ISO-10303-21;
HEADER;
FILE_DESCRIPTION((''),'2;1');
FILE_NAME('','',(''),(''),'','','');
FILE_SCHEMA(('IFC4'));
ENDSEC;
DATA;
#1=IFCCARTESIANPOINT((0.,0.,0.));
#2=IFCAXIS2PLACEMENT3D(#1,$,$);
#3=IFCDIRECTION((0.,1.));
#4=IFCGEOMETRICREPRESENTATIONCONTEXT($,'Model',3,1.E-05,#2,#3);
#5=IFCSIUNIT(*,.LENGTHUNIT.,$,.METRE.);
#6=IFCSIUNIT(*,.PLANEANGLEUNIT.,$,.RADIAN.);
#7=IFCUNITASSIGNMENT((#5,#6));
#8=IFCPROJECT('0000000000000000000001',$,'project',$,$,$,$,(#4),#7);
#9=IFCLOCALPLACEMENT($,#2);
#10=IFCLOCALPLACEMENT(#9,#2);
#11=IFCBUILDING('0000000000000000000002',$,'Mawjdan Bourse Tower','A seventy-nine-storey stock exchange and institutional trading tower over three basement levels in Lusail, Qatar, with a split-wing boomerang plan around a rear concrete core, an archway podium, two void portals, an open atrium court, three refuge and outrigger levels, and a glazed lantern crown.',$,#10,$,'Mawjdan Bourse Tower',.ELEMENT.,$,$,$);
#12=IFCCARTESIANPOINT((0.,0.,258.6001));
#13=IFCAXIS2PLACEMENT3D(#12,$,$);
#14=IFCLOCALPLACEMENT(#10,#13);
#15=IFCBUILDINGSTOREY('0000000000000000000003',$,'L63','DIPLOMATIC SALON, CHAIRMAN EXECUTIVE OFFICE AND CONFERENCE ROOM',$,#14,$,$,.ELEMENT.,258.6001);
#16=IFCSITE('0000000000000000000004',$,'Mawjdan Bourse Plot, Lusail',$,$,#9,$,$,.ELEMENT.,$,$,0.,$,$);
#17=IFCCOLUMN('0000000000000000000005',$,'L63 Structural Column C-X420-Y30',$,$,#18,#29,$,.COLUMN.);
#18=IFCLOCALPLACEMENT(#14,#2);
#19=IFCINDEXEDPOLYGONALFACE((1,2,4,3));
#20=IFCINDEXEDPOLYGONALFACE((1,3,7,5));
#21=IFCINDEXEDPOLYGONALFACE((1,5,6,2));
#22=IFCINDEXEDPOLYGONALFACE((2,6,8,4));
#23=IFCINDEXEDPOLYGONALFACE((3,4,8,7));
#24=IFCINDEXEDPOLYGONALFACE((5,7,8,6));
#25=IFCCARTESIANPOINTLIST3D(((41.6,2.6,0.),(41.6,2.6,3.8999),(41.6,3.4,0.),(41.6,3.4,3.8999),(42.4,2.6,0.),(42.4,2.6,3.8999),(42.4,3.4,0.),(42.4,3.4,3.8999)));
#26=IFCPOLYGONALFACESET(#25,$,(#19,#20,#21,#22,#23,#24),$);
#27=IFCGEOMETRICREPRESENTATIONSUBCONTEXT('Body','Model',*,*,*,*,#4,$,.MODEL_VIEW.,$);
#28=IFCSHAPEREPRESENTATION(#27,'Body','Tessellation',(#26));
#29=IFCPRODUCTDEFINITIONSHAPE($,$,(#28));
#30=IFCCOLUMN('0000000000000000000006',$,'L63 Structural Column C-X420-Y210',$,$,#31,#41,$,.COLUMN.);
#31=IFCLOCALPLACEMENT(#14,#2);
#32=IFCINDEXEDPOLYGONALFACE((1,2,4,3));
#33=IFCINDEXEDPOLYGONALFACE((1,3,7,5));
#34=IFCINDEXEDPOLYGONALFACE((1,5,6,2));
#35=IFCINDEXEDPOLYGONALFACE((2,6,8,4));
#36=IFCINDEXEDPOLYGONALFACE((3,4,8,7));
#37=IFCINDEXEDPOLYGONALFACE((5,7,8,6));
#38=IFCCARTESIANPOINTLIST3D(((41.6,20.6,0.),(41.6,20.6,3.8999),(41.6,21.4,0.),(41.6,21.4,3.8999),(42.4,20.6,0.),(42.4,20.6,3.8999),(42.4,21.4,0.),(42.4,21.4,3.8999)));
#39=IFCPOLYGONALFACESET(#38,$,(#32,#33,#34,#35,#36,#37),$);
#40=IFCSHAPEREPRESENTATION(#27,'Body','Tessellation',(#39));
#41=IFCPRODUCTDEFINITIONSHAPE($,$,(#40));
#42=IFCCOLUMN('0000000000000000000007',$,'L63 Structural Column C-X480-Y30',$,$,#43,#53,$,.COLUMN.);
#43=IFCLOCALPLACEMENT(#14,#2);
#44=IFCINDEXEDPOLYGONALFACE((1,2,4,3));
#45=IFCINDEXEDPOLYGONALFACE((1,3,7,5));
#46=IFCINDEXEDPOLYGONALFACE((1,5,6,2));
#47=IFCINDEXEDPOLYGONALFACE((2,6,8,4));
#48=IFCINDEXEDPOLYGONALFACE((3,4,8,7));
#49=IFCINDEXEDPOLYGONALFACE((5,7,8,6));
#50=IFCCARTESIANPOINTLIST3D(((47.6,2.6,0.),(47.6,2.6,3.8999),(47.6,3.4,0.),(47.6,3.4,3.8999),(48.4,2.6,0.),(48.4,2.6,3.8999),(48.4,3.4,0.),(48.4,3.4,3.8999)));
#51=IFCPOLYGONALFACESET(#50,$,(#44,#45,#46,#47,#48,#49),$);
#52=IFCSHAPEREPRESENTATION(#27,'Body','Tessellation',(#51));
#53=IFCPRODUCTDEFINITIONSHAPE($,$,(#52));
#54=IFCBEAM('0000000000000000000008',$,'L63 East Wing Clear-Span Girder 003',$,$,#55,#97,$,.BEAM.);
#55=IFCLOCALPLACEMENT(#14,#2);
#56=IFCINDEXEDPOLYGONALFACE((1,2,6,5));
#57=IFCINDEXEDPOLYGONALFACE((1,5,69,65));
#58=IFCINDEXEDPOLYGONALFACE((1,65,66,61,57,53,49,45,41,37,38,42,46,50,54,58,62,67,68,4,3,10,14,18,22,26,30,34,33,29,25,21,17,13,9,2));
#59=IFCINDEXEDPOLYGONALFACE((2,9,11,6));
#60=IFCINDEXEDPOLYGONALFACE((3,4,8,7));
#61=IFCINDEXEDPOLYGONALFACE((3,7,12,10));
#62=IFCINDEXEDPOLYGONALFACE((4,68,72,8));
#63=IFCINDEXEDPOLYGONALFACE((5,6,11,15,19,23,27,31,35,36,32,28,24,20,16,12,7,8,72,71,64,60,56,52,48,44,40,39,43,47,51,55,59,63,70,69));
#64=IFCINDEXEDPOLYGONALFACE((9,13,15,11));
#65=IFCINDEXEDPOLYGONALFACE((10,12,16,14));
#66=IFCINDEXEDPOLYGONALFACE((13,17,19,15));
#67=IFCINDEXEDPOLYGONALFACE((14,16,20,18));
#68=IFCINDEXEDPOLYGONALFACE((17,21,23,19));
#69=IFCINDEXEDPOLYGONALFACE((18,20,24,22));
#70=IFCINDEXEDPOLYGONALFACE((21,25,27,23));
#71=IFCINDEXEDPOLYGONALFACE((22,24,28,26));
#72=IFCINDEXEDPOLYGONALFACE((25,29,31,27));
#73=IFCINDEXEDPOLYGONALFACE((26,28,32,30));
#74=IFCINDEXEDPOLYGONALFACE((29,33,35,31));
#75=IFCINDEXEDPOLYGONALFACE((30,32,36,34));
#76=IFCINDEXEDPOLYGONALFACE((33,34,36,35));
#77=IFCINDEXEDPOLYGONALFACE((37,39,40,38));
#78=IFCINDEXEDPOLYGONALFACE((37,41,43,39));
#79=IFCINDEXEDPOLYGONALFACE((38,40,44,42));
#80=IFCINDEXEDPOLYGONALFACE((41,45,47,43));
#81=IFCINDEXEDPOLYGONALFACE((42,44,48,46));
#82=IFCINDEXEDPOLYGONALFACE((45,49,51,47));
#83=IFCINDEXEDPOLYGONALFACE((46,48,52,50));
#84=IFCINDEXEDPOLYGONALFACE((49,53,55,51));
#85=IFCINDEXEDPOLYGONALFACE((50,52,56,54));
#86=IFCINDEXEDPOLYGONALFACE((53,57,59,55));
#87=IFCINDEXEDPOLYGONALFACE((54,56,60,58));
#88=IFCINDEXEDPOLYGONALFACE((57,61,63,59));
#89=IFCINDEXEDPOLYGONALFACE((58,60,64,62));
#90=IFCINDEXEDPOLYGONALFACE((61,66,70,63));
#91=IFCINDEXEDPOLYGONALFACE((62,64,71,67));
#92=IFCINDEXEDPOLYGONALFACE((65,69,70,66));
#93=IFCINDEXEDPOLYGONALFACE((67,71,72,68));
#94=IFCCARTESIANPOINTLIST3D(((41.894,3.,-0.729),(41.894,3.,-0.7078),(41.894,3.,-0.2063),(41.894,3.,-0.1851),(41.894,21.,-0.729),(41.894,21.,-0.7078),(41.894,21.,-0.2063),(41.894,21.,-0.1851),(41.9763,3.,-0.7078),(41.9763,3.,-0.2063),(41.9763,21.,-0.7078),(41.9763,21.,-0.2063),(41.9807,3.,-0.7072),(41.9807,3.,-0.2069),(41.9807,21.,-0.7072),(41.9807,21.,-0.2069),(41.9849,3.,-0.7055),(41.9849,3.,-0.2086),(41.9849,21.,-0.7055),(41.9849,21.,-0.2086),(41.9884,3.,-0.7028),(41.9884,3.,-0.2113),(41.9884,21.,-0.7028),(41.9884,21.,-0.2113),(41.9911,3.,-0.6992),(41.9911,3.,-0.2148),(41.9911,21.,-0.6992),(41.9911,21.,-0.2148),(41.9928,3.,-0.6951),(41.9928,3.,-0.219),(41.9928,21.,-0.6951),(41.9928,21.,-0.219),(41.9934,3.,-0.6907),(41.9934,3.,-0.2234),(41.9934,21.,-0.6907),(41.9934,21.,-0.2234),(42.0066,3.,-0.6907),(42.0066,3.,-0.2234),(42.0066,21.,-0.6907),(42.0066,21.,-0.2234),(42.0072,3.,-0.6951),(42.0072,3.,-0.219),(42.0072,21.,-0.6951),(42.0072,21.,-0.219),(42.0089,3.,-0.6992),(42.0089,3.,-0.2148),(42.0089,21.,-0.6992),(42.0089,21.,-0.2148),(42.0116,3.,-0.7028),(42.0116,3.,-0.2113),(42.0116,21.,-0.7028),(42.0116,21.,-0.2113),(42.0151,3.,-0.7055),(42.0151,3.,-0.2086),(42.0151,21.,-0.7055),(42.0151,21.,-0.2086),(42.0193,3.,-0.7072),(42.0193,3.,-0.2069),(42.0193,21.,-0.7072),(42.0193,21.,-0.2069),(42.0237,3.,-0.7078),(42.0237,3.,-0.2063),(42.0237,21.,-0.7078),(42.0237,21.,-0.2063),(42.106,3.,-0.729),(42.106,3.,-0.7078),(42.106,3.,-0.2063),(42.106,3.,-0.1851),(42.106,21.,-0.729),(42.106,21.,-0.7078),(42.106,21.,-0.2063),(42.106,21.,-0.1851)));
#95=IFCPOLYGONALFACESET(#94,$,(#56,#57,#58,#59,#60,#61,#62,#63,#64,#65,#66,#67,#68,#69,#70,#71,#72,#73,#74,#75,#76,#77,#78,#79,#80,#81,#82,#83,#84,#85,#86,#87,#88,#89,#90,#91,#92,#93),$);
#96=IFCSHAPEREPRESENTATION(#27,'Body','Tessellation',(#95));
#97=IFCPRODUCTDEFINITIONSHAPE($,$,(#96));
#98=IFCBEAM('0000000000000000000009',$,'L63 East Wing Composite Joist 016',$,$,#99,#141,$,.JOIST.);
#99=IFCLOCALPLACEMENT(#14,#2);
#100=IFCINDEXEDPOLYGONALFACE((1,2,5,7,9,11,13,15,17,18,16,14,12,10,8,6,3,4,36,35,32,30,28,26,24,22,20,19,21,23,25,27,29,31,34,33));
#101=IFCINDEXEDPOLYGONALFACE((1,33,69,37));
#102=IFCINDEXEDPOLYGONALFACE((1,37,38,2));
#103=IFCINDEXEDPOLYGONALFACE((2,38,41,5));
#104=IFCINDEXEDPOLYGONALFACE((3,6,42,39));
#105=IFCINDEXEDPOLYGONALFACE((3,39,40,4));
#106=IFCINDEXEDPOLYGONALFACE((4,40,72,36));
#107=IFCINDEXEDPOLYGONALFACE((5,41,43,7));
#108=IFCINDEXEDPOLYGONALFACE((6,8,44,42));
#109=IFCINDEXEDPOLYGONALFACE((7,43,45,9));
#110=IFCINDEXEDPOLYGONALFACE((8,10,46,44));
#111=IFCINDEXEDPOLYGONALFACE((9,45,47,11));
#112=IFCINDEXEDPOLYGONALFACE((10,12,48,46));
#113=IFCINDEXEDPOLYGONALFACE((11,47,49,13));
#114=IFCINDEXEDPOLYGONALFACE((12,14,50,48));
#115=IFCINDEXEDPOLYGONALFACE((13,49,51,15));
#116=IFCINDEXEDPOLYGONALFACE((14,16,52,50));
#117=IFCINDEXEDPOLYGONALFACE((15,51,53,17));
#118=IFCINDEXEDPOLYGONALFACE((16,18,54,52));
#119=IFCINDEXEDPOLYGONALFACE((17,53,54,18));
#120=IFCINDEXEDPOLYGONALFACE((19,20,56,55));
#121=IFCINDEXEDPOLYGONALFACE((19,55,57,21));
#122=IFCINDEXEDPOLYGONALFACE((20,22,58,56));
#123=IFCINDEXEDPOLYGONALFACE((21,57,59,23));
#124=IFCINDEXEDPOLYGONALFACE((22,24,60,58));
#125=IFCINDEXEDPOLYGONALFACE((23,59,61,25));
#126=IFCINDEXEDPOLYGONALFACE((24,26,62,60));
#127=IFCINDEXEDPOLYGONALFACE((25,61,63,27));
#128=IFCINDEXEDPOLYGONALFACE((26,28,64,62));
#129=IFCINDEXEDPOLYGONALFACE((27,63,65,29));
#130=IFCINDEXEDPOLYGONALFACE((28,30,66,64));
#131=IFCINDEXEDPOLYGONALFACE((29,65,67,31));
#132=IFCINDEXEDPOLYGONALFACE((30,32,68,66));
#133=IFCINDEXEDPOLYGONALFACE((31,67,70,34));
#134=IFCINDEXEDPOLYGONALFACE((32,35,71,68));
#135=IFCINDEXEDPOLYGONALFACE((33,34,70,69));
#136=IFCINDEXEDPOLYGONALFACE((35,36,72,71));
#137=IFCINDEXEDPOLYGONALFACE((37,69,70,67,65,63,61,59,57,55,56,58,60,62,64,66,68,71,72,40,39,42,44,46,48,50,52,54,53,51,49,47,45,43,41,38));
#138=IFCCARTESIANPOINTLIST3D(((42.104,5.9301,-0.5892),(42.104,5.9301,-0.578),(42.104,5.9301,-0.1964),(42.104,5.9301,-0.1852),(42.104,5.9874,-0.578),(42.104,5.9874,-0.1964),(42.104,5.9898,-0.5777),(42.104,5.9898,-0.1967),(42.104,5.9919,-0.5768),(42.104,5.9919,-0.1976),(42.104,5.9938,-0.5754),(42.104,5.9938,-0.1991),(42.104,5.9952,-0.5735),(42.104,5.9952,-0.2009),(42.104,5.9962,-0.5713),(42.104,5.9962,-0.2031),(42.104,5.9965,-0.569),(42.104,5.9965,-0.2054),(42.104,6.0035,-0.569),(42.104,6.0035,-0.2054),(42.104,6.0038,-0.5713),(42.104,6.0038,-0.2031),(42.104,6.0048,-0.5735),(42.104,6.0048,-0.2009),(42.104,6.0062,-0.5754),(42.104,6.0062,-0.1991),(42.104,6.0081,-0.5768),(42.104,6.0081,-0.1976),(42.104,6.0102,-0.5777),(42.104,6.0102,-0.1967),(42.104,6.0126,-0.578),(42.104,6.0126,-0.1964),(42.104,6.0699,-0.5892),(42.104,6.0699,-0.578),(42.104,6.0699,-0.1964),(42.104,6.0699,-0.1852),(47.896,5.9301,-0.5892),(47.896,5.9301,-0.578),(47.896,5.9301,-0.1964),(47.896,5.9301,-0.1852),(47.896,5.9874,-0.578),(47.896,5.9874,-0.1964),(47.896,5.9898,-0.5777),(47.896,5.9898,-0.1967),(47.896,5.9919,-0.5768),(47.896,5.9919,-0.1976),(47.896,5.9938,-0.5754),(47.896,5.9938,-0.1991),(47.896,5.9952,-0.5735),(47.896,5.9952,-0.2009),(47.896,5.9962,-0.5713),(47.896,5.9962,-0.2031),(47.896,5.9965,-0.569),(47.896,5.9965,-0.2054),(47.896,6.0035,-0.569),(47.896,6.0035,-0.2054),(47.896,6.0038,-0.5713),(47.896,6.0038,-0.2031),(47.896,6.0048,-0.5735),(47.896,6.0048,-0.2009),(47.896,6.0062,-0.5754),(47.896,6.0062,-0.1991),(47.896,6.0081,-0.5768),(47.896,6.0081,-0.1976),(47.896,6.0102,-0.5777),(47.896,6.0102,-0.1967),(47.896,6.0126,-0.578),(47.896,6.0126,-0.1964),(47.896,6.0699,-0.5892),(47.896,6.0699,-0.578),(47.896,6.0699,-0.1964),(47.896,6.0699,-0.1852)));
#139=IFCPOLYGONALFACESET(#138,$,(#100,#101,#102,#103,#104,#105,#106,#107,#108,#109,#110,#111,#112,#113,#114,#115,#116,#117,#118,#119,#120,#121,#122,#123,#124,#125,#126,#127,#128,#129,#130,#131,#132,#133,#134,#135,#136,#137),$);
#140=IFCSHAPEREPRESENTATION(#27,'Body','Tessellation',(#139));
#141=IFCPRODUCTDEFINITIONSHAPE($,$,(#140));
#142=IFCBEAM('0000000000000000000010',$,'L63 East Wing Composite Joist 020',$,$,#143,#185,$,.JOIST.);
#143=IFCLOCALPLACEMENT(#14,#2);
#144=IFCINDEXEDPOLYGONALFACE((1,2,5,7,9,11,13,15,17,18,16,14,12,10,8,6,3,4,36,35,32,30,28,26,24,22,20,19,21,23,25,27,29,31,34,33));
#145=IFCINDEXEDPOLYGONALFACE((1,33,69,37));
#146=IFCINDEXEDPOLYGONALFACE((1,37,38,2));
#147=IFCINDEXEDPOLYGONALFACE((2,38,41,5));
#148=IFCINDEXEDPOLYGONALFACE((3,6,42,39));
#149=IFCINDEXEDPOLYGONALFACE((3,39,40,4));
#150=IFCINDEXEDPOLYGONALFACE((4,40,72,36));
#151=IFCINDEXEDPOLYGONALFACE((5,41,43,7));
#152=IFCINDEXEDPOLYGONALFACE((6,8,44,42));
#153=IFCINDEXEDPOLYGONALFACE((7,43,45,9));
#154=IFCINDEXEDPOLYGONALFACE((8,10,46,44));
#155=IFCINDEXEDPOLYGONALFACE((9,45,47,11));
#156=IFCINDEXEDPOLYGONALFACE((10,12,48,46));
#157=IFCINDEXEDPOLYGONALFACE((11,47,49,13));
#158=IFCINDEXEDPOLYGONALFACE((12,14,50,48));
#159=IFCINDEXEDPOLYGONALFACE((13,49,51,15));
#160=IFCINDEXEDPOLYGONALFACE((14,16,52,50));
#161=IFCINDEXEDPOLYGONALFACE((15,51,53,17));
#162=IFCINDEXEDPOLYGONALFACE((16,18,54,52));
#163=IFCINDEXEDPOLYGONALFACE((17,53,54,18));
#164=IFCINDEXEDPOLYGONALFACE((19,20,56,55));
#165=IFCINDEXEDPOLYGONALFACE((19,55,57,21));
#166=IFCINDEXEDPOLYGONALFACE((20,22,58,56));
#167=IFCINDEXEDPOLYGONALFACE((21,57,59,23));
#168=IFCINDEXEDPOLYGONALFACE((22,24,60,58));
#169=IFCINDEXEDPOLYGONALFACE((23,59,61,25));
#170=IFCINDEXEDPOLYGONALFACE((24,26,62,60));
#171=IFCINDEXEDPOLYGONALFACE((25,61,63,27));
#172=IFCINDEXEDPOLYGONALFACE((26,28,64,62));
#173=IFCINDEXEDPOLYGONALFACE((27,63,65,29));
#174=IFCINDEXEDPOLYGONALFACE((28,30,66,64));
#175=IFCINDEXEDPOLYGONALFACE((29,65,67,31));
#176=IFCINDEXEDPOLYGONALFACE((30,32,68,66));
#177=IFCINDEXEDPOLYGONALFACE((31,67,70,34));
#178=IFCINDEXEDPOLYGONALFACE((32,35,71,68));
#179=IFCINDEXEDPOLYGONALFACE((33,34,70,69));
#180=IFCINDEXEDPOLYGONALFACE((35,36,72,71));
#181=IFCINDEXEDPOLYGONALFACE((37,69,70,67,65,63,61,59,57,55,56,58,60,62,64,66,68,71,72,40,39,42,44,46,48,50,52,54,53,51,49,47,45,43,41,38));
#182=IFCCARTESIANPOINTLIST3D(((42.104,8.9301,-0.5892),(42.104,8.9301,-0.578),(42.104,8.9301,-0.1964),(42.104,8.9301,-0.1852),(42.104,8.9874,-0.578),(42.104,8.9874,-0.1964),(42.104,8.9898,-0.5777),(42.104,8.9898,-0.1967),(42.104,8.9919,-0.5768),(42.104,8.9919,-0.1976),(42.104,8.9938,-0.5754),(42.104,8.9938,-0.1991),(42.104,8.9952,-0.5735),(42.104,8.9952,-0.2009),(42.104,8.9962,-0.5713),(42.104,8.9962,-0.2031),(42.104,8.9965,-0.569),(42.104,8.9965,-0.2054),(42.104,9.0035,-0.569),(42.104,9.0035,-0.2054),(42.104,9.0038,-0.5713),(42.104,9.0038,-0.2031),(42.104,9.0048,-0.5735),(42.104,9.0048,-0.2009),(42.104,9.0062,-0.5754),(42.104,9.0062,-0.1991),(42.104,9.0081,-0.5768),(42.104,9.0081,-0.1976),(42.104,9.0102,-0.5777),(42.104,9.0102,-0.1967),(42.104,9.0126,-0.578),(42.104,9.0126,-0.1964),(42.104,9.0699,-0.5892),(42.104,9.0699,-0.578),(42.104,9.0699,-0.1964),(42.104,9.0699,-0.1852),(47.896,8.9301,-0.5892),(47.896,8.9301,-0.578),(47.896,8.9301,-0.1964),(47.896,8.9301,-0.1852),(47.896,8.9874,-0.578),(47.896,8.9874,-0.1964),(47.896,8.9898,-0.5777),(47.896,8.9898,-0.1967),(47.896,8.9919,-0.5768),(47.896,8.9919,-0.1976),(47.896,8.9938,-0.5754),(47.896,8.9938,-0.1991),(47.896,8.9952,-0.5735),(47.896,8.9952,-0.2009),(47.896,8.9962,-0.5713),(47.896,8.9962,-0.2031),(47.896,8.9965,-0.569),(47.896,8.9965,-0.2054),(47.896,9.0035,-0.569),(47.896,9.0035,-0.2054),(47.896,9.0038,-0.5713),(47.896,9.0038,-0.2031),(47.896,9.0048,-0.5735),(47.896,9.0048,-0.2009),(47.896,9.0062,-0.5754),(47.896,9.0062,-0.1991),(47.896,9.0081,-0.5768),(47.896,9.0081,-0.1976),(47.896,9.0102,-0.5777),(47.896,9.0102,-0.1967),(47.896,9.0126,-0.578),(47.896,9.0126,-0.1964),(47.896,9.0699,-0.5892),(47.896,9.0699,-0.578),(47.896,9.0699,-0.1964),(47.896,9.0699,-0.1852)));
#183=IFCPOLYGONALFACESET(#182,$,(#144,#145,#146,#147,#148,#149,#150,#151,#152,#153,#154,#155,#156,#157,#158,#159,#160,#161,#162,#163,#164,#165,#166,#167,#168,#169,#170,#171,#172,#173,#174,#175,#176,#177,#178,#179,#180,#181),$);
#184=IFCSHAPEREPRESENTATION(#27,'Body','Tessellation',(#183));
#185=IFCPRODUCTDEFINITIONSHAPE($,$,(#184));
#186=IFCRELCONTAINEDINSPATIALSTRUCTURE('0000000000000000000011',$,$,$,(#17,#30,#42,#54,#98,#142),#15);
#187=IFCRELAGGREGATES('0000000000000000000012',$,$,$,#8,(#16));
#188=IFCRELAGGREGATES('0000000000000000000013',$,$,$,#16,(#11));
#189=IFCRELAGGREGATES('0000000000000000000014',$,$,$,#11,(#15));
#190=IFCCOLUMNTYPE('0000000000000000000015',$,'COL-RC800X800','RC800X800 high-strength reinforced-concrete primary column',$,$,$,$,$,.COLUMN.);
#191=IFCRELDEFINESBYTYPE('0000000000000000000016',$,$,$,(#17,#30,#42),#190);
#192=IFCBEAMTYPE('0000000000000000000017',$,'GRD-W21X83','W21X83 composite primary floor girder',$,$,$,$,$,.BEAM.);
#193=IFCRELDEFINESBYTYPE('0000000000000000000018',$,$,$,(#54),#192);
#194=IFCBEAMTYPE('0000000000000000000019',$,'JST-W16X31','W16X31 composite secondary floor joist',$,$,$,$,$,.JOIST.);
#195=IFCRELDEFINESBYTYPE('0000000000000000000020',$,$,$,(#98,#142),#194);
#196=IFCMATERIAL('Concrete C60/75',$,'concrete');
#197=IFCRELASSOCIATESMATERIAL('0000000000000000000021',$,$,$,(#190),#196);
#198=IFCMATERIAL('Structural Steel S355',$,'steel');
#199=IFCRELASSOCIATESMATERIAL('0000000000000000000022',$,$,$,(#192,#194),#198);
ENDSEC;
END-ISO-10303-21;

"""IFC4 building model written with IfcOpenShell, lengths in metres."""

from ifc_helpers import new_model, si_unit, direction, frame, origin, origin_2d, place, context, subcontext, project, spatial, rectangle, i_section, extrude, material, material_profile, profile_set, type_object, element, save


model = new_model("IFC4")

# Units and contexts
model_context = context("Model", 3, precision=1e-05, world=origin(), true_north=direction((0.0, 1.0)))
body_context = subcontext(model_context, "Body", "Model", "MODEL_VIEW")
ifc_project = project(units=[si_unit("LENGTHUNIT", "METRE"), si_unit("PLANEANGLEUNIT", "RADIAN")], contexts=[model_context])

# Site, building, storey
site_placement = place(None, origin())
site = spatial("IfcSite", under=ifc_project, at=site_placement, Name="Mawjdan Bourse Plot, Lusail", CompositionType="ELEMENT", RefElevation=0.0)
building_placement = place(site_placement, origin())
building = spatial("IfcBuilding", under=site, at=building_placement, Name="Mawjdan Bourse Tower", Description="A seventy-nine-storey stock exchange and institutional trading tower over three basement levels in Lusail, Qatar, with a split-wing boomerang plan around a rear concrete core, an archway podium, two void portals, an open atrium court, three refuge and outrigger levels, and a glazed lantern crown.", LongName="Mawjdan Bourse Tower", CompositionType="ELEMENT")
storey_placement = place(building_placement, frame((0.0, 0.0, 258.6001)))
storey = spatial("IfcBuildingStorey", under=building, at=storey_placement, Name="L63", Description="DIPLOMATIC SALON, CHAIRMAN EXECUTIVE OFFICE AND CONFERENCE ROOM", CompositionType="ELEMENT", Elevation=258.6001)

# Columns
ifc_material_1 = material(Name="Concrete C60/75", Category="concrete")
ifc_material_profile_1 = material_profile(ifc_material_1, rectangle(XDim=0.8, YDim=0.8, at=origin_2d()), Name="RC800X800")
ifc_profile_set_1 = profile_set([ifc_material_profile_1], Name="Concrete C60/75")
column_type = type_object("IfcColumnType", Name="COL-RC800X800", Description="RC800X800 high-strength reinforced-concrete primary column", PredefinedType="COLUMN", material=ifc_profile_set_1)
for number, where, z_axis, x_axis, name in (
    (1, (42.0, 3.0, 0.0), (0.0, 0.0, 1.0), (1.0, 0.0, 0.0), "L63 Structural Column C-X420-Y30"),
    (2, (42.0, 21.0, 0.0), (0.0, 0.0, 1.0), (1.0, 0.0, 0.0), "L63 Structural Column C-X420-Y210"),
    (3, (48.0, 3.0, 0.0), (0.0, 0.0, 1.0), (1.0, 0.0, 0.0), "L63 Structural Column C-X480-Y30"),
):
    element("IfcColumn", number, at=place(storey_placement, frame(where, z_axis=z_axis, x_axis=x_axis)), inside=storey, type_object=column_type, Name=name, PredefinedType="COLUMN", context=body_context, shape_type="SweptSolid", body=[
        extrude(rectangle(XDim=0.8, YDim=0.8, at=origin_2d()), origin(), (0.0, 0.0, 1.0), 3.8999),
    ])

# Beams
ifc_material_2 = material(Name="Structural Steel S355", Category="steel")
ifc_material_profile_2 = material_profile(ifc_material_2, i_section(OverallWidth=0.2119, OverallDepth=0.5439, WebThickness=0.0132, FlangeThickness=0.0212, FilletRadius=0.0171, at=origin_2d()), Name="W21X83")
ifc_profile_set_2 = profile_set([ifc_material_profile_2], Name="Structural Steel S355")
beam_type_1 = type_object("IfcBeamType", Name="GRD-W21X83", Description="W21X83 composite primary floor girder", PredefinedType="BEAM", material=ifc_profile_set_2)
beam_1_placement = place(storey_placement, frame((42.0, 3.0, -0.457), z_axis=(0.0, 1.0, 0.0), x_axis=(-1.0, 0.0, 0.0)))
element("IfcBeam", 4, at=beam_1_placement, inside=storey, type_object=beam_type_1, Name="L63 East Wing Clear-Span Girder 003", PredefinedType="BEAM", context=body_context, shape_type="SweptSolid", body=[
    extrude(i_section(OverallWidth=0.2119, OverallDepth=0.5439, WebThickness=0.0132, FlangeThickness=0.0212, FilletRadius=0.0171, at=origin_2d()), origin(), (0.0, 0.0, 1.0), 18.0),
])
ifc_material_profile_3 = material_profile(ifc_material_2, i_section(OverallWidth=0.1399, OverallDepth=0.4041, WebThickness=0.0071, FlangeThickness=0.0112, FilletRadius=0.009, at=origin_2d()), Name="W16X31")
ifc_profile_set_3 = profile_set([ifc_material_profile_3], Name="Structural Steel S355")
beam_type_2 = type_object("IfcBeamType", Name="JST-W16X31", Description="W16X31 composite secondary floor joist", PredefinedType="JOIST", material=ifc_profile_set_3)
for number, where, z_axis, x_axis, name in (
    (5, (42.104, 6.0, -0.3872), (1.0, 0.0, 0.0), (0.0, 1.0, 0.0), "L63 East Wing Composite Joist 016"),
    (6, (42.104, 9.0, -0.3872), (1.0, 0.0, 0.0), (0.0, 1.0, 0.0), "L63 East Wing Composite Joist 020"),
):
    element("IfcBeam", number, at=place(storey_placement, frame(where, z_axis=z_axis, x_axis=x_axis)), inside=storey, type_object=beam_type_2, Name=name, PredefinedType="JOIST", context=body_context, shape_type="SweptSolid", body=[
        extrude(i_section(OverallWidth=0.1399, OverallDepth=0.4041, WebThickness=0.0071, FlangeThickness=0.0112, FilletRadius=0.009, at=origin_2d()), origin(), (0.0, 0.0, 1.0), 5.792),
    ])

save(model, "model.ifc")
